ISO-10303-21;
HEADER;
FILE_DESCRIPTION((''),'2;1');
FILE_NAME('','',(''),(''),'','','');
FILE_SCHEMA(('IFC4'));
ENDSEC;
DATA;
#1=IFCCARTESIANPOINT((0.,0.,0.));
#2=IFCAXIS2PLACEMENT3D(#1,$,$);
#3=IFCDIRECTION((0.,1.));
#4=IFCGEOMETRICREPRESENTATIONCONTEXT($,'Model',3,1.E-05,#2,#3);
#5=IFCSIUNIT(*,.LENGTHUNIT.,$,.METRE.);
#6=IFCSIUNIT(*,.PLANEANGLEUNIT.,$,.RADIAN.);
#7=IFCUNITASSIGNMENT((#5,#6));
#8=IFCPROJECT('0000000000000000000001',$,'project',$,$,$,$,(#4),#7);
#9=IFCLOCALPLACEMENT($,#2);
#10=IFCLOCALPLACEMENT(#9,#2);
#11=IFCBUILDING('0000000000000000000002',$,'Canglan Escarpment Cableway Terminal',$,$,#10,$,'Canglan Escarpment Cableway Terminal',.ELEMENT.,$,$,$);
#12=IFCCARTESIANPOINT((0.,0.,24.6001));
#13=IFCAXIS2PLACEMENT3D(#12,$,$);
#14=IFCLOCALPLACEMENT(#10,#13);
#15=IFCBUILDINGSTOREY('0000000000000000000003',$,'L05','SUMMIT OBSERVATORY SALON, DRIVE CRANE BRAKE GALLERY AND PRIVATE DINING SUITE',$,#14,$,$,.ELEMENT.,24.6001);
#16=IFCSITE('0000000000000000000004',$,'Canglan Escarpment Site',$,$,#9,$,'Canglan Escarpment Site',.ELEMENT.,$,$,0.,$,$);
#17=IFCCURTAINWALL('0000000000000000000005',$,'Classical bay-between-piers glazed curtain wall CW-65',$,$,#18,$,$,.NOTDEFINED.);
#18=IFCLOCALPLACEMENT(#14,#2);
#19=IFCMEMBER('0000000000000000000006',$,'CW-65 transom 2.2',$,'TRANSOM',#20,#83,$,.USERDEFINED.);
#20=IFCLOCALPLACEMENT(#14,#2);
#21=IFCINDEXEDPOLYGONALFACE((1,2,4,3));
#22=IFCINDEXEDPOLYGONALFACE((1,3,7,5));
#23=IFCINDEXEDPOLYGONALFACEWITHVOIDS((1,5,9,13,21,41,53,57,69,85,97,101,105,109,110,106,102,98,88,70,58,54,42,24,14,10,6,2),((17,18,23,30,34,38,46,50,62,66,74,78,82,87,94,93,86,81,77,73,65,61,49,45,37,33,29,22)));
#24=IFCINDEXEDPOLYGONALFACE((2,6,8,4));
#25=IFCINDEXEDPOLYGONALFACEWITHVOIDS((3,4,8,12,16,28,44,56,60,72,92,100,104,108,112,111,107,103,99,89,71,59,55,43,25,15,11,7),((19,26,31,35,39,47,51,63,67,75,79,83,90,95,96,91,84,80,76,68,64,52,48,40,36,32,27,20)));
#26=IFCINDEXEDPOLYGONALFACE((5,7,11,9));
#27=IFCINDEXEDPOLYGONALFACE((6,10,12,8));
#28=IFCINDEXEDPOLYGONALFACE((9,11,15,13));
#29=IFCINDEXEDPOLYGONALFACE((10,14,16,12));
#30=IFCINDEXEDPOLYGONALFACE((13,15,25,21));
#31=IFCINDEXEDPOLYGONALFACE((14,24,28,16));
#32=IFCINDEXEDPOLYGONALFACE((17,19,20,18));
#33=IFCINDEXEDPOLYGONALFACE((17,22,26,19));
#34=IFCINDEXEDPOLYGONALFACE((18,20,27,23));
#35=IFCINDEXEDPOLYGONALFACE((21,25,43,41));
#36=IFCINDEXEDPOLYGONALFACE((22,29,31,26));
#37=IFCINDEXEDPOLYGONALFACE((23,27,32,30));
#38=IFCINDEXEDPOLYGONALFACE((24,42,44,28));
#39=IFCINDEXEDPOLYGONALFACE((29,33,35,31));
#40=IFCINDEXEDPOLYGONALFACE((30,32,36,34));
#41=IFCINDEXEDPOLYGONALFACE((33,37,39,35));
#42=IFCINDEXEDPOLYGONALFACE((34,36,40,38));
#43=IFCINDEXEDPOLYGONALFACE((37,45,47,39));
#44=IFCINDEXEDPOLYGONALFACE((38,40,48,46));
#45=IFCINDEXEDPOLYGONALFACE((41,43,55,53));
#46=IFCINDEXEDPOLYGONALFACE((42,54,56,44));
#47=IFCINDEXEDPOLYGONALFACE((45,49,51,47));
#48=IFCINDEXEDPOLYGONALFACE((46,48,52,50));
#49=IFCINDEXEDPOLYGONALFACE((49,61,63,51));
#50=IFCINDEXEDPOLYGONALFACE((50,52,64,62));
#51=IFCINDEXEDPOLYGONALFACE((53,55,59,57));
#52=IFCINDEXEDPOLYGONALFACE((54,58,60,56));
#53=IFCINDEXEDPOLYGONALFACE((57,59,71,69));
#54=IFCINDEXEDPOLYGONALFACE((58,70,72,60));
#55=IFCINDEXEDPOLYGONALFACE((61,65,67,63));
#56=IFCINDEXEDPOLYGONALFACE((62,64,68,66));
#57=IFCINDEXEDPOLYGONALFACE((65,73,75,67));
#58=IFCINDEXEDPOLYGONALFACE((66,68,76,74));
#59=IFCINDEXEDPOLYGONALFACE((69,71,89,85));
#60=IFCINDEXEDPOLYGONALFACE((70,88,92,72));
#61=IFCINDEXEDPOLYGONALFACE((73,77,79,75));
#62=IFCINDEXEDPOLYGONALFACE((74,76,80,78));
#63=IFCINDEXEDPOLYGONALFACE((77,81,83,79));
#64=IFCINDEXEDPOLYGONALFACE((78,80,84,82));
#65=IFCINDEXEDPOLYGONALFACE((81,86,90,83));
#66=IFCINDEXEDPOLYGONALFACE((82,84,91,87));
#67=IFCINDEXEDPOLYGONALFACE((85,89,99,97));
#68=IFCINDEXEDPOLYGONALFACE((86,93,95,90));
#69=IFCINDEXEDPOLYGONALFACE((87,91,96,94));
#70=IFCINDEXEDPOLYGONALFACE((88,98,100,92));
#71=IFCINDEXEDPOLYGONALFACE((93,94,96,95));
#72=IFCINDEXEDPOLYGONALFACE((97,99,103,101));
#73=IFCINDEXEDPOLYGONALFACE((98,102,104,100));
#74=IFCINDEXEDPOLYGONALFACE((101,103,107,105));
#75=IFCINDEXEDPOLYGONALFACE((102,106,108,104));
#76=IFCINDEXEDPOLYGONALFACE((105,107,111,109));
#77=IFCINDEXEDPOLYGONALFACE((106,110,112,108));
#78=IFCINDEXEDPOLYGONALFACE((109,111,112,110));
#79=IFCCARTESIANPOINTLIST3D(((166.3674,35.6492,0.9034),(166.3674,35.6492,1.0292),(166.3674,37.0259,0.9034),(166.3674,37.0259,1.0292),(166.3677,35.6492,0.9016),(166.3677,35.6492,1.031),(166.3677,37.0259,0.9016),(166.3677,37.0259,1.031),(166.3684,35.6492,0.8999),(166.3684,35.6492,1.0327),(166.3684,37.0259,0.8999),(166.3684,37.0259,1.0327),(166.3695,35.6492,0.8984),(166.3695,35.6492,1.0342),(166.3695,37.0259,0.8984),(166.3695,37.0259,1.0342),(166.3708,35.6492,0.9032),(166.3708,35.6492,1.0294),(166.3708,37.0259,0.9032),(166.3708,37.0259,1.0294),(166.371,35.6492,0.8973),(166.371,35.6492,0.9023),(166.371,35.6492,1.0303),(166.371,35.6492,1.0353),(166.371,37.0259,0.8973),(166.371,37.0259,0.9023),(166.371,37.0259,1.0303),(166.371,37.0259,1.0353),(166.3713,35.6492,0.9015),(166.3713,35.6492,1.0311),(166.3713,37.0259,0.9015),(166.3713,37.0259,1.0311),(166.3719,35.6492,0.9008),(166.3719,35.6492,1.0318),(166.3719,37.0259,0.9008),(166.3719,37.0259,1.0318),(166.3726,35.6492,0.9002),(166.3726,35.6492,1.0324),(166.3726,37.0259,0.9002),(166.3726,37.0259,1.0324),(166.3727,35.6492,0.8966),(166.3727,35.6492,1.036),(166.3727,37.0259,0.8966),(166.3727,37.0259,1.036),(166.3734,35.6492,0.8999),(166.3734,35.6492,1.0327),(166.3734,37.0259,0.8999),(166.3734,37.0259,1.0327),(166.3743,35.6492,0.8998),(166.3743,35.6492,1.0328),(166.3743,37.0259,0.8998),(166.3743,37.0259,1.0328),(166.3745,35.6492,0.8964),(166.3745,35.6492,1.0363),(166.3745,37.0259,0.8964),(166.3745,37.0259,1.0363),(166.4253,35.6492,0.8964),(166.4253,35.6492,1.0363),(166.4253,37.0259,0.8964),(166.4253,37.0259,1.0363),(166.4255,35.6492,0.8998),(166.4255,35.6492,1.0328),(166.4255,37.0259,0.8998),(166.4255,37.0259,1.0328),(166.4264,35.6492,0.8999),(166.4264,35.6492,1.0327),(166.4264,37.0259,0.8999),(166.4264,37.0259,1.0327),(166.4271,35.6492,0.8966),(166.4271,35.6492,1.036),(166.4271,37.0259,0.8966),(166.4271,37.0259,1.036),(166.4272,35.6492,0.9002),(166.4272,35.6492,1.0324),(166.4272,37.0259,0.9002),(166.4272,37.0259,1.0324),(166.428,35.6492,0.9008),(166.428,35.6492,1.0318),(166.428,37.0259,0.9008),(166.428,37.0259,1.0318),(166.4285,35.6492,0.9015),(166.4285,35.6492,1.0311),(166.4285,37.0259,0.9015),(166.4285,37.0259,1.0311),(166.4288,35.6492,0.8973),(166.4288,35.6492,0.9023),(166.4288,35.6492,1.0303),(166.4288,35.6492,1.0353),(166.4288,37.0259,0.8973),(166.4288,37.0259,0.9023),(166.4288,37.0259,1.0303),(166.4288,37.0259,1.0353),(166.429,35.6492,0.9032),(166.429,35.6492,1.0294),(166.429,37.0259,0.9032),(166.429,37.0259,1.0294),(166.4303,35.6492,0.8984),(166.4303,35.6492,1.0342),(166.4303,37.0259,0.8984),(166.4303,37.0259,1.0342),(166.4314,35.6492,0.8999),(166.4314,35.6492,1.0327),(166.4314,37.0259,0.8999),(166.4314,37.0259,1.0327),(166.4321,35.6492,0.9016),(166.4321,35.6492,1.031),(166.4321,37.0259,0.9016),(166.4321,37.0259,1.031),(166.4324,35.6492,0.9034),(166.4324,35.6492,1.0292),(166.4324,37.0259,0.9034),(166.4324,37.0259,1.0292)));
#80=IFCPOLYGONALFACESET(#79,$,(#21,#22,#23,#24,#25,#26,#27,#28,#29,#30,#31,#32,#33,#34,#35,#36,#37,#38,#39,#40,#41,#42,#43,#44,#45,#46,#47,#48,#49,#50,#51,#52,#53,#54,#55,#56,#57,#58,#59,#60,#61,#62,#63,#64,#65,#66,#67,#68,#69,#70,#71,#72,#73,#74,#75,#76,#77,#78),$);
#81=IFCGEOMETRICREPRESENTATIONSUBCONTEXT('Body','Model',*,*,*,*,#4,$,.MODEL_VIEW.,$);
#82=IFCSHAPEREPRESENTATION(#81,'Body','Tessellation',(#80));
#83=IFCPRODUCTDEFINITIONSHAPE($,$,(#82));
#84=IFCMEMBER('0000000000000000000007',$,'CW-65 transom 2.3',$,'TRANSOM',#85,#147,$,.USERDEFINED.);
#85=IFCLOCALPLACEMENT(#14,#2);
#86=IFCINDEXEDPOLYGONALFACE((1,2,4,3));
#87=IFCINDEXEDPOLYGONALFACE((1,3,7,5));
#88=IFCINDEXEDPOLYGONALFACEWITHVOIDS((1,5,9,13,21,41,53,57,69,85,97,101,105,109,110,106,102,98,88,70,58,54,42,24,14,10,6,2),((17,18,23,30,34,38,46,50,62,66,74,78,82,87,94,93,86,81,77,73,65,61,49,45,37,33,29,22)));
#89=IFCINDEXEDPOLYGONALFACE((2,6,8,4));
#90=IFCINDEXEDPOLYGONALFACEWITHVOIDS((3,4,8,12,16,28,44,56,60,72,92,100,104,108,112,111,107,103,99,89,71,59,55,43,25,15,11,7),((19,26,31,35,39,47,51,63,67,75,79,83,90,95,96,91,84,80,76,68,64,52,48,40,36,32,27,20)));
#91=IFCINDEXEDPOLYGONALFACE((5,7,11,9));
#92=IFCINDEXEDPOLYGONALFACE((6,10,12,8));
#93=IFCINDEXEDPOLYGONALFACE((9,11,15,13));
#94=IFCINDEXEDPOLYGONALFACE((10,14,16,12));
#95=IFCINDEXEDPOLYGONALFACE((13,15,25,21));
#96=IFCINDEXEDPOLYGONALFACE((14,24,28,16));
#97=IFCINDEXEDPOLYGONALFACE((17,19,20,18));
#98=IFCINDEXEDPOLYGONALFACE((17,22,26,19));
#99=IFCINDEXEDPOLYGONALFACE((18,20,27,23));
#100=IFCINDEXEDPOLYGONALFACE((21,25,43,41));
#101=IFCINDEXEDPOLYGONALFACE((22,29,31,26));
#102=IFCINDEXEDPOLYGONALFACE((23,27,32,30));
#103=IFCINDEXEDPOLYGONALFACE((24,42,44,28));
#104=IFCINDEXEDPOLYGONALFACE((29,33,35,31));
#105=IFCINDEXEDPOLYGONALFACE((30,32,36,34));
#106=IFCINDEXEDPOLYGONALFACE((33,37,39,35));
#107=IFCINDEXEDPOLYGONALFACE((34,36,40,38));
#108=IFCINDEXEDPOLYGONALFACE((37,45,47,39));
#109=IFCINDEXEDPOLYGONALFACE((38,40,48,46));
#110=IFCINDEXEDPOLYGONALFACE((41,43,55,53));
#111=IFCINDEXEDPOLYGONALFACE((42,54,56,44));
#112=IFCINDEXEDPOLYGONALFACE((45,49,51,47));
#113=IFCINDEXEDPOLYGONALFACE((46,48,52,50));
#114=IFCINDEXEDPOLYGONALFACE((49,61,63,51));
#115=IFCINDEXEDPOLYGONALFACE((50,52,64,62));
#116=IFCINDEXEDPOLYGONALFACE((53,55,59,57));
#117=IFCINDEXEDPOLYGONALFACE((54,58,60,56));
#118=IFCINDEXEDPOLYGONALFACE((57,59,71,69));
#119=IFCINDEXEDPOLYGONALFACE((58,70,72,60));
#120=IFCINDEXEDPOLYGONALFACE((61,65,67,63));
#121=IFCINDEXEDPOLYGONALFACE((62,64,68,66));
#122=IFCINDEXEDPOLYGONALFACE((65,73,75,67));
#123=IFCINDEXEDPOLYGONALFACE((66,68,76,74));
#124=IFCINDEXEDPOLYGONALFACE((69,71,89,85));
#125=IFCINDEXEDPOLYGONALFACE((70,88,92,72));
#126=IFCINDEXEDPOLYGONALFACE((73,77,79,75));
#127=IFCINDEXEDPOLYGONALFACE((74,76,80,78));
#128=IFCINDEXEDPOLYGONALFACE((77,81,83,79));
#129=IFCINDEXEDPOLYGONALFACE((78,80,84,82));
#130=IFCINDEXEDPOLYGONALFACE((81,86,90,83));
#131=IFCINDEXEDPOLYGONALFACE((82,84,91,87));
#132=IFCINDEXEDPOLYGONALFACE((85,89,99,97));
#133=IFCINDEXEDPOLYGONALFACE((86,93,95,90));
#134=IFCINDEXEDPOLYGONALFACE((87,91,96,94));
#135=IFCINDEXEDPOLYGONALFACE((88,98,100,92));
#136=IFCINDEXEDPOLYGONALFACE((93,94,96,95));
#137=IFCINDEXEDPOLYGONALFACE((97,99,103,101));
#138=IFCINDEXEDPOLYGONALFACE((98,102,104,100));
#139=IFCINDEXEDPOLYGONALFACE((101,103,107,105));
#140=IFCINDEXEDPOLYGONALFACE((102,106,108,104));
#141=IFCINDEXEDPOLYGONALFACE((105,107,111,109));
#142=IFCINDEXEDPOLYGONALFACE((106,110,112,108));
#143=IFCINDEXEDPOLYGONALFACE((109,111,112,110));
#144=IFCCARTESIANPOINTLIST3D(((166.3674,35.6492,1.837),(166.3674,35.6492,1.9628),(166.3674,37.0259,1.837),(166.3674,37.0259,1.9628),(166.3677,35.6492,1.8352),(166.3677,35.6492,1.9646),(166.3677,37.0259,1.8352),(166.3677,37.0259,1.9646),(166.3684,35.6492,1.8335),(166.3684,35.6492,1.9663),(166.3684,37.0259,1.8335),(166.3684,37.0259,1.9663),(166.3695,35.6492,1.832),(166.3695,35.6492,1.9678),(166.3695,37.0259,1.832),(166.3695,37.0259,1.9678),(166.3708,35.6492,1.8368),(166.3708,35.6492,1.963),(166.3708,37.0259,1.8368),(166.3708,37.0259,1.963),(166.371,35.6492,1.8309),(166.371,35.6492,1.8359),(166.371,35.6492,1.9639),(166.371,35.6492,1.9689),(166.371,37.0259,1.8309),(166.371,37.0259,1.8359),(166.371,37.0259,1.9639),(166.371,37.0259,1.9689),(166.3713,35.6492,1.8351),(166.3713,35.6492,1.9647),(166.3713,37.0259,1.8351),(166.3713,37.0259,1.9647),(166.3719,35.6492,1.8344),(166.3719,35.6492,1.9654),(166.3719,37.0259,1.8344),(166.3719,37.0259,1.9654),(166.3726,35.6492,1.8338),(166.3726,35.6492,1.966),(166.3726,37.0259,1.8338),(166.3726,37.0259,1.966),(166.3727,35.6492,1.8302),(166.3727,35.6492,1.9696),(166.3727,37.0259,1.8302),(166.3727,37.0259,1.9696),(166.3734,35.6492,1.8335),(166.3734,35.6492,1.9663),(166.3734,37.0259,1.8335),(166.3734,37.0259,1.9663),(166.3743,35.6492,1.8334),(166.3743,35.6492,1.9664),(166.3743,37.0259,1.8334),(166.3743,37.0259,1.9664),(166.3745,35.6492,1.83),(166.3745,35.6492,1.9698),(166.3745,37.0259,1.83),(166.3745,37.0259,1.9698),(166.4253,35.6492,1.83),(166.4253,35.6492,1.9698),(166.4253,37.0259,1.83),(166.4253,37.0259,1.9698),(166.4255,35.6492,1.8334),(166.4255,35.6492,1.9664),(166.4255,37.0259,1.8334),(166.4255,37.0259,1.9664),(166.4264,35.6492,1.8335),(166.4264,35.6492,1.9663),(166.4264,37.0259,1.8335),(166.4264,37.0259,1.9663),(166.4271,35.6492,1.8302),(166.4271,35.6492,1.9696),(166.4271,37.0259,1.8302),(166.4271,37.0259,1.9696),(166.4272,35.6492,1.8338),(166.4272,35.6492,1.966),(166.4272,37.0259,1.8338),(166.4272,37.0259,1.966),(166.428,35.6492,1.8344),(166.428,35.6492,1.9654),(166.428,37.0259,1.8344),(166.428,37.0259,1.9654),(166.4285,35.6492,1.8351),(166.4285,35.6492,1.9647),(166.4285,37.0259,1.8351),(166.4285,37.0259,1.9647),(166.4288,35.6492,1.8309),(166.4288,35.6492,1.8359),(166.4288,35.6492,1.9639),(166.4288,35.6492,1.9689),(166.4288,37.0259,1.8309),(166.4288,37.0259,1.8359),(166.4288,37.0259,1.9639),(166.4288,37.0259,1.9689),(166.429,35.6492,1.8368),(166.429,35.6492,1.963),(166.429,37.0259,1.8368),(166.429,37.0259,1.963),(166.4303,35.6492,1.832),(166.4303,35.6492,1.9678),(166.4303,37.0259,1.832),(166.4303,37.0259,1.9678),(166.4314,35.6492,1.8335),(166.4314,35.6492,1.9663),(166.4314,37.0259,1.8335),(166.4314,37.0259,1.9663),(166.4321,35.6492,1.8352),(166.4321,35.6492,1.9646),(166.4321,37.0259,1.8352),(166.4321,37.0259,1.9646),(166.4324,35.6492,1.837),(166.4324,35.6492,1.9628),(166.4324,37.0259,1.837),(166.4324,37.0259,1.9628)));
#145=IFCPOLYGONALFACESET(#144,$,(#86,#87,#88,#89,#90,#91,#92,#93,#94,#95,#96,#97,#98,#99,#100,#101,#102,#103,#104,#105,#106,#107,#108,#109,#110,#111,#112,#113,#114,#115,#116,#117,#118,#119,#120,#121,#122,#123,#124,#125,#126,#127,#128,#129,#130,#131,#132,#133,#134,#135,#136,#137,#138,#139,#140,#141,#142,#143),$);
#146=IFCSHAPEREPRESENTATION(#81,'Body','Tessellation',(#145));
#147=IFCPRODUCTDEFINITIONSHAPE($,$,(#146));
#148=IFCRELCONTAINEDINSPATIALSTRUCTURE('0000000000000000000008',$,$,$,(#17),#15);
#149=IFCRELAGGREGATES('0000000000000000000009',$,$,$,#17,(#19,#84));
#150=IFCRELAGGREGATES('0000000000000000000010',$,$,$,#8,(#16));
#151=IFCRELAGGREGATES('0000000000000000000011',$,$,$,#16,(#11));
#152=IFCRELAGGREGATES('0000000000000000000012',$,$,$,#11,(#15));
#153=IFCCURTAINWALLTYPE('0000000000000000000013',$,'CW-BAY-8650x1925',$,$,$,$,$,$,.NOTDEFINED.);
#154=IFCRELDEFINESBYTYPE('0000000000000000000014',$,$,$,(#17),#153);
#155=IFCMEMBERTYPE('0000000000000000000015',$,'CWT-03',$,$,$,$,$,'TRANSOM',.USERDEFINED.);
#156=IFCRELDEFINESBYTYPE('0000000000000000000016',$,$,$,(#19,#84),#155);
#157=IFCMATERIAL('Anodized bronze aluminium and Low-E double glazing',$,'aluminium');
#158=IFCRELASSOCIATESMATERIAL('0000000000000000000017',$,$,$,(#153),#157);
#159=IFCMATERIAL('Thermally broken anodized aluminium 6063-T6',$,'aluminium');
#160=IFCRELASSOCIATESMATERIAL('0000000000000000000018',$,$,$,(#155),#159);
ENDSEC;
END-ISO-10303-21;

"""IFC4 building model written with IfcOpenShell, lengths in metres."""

from ifc_helpers import new_model, si_unit, direction, frame, origin, origin_2d, place, context, subcontext, project, spatial, hollow_rectangle, extrude, material, material_profile, profile_set, type_object, element, aggregate, save


model = new_model("IFC4")

# Units and contexts
model_context = context("Model", 3, precision=1e-05, world=origin(), true_north=direction((0.0, 1.0)))
body_context = subcontext(model_context, "Body", "Model", "MODEL_VIEW")
ifc_project = project(units=[si_unit("LENGTHUNIT", "METRE"), si_unit("PLANEANGLEUNIT", "RADIAN")], contexts=[model_context])

# Site, building, storey
site_placement = place(None, origin())
site = spatial("IfcSite", under=ifc_project, at=site_placement, Name="Canglan Escarpment Site", LongName="Canglan Escarpment Site", CompositionType="ELEMENT", RefElevation=0.0)
building_placement = place(site_placement, origin())
building = spatial("IfcBuilding", under=site, at=building_placement, Name="Canglan Escarpment Cableway Terminal", LongName="Canglan Escarpment Cableway Terminal", CompositionType="ELEMENT")
storey_placement = place(building_placement, frame((0.0, 0.0, 24.6001)))
storey = spatial("IfcBuildingStorey", under=building, at=storey_placement, Name="L05", Description="SUMMIT OBSERVATORY SALON, DRIVE CRANE BRAKE GALLERY AND PRIVATE DINING SUITE", CompositionType="ELEMENT", Elevation=24.6001)

# Curtain wall, members
ifc_material_1 = material(Name="Anodized bronze aluminium and Low-E double glazing", Category="aluminium")
curtain_wall_type = type_object("IfcCurtainWallType", Name="CW-BAY-8650x1925", PredefinedType="NOTDEFINED", material=ifc_material_1)
curtain_wall_placement = place(storey_placement, origin())
curtain_wall = element("IfcCurtainWall", 1, at=curtain_wall_placement, inside=storey, type_object=curtain_wall_type, Name="Classical bay-between-piers glazed curtain wall CW-65", PredefinedType="NOTDEFINED")
ifc_material_2 = material(Name="Thermally broken anodized aluminium 6063-T6", Category="aluminium")
ifc_material_profile_1 = material_profile(ifc_material_2, hollow_rectangle(XDim=0.0649, YDim=0.1399, WallThickness=0.0034, InnerFilletRadius=0.0034, OuterFilletRadius=0.0071, at=origin_2d()), Name="ALU-TRAN 65x140x3.5")
ifc_profile_set_1 = profile_set([ifc_material_profile_1], Name="Thermally broken anodized aluminium 6063-T6")
member_type_1 = type_object("IfcMemberType", Name="CWT-03", ElementType="TRANSOM", PredefinedType="USERDEFINED", material=ifc_profile_set_1)
member_1_placement = place(storey_placement, frame((166.3999, 35.6492, 0.9663), z_axis=(0.0, 1.0, 0.0), x_axis=(-1.0, 0.0, 0.0)))
member_1 = element("IfcMember", 2, at=member_1_placement, type_object=member_type_1, Name="CW-65 transom 2.2", ObjectType="TRANSOM", PredefinedType="USERDEFINED", context=body_context, shape_type="SweptSolid", body=[
    extrude(hollow_rectangle(XDim=0.0649, YDim=0.1399, WallThickness=0.0034, InnerFilletRadius=0.0034, OuterFilletRadius=0.0071, at=origin_2d()), origin(), (0.0, 0.0, 1.0), 1.3767),
])
member_2_placement = place(storey_placement, frame((166.3999, 35.6492, 1.8999), z_axis=(0.0, 1.0, 0.0), x_axis=(-1.0, 0.0, 0.0)))
member_2 = element("IfcMember", 3, at=member_2_placement, type_object=member_type_1, Name="CW-65 transom 2.3", ObjectType="TRANSOM", PredefinedType="USERDEFINED", context=body_context, shape_type="SweptSolid", body=[
    extrude(hollow_rectangle(XDim=0.0649, YDim=0.1399, WallThickness=0.0034, InnerFilletRadius=0.0034, OuterFilletRadius=0.0071, at=origin_2d()), origin(), (0.0, 0.0, 1.0), 1.3767),
])
aggregate(curtain_wall, [member_1, member_2])

save(model, "model.ifc")
